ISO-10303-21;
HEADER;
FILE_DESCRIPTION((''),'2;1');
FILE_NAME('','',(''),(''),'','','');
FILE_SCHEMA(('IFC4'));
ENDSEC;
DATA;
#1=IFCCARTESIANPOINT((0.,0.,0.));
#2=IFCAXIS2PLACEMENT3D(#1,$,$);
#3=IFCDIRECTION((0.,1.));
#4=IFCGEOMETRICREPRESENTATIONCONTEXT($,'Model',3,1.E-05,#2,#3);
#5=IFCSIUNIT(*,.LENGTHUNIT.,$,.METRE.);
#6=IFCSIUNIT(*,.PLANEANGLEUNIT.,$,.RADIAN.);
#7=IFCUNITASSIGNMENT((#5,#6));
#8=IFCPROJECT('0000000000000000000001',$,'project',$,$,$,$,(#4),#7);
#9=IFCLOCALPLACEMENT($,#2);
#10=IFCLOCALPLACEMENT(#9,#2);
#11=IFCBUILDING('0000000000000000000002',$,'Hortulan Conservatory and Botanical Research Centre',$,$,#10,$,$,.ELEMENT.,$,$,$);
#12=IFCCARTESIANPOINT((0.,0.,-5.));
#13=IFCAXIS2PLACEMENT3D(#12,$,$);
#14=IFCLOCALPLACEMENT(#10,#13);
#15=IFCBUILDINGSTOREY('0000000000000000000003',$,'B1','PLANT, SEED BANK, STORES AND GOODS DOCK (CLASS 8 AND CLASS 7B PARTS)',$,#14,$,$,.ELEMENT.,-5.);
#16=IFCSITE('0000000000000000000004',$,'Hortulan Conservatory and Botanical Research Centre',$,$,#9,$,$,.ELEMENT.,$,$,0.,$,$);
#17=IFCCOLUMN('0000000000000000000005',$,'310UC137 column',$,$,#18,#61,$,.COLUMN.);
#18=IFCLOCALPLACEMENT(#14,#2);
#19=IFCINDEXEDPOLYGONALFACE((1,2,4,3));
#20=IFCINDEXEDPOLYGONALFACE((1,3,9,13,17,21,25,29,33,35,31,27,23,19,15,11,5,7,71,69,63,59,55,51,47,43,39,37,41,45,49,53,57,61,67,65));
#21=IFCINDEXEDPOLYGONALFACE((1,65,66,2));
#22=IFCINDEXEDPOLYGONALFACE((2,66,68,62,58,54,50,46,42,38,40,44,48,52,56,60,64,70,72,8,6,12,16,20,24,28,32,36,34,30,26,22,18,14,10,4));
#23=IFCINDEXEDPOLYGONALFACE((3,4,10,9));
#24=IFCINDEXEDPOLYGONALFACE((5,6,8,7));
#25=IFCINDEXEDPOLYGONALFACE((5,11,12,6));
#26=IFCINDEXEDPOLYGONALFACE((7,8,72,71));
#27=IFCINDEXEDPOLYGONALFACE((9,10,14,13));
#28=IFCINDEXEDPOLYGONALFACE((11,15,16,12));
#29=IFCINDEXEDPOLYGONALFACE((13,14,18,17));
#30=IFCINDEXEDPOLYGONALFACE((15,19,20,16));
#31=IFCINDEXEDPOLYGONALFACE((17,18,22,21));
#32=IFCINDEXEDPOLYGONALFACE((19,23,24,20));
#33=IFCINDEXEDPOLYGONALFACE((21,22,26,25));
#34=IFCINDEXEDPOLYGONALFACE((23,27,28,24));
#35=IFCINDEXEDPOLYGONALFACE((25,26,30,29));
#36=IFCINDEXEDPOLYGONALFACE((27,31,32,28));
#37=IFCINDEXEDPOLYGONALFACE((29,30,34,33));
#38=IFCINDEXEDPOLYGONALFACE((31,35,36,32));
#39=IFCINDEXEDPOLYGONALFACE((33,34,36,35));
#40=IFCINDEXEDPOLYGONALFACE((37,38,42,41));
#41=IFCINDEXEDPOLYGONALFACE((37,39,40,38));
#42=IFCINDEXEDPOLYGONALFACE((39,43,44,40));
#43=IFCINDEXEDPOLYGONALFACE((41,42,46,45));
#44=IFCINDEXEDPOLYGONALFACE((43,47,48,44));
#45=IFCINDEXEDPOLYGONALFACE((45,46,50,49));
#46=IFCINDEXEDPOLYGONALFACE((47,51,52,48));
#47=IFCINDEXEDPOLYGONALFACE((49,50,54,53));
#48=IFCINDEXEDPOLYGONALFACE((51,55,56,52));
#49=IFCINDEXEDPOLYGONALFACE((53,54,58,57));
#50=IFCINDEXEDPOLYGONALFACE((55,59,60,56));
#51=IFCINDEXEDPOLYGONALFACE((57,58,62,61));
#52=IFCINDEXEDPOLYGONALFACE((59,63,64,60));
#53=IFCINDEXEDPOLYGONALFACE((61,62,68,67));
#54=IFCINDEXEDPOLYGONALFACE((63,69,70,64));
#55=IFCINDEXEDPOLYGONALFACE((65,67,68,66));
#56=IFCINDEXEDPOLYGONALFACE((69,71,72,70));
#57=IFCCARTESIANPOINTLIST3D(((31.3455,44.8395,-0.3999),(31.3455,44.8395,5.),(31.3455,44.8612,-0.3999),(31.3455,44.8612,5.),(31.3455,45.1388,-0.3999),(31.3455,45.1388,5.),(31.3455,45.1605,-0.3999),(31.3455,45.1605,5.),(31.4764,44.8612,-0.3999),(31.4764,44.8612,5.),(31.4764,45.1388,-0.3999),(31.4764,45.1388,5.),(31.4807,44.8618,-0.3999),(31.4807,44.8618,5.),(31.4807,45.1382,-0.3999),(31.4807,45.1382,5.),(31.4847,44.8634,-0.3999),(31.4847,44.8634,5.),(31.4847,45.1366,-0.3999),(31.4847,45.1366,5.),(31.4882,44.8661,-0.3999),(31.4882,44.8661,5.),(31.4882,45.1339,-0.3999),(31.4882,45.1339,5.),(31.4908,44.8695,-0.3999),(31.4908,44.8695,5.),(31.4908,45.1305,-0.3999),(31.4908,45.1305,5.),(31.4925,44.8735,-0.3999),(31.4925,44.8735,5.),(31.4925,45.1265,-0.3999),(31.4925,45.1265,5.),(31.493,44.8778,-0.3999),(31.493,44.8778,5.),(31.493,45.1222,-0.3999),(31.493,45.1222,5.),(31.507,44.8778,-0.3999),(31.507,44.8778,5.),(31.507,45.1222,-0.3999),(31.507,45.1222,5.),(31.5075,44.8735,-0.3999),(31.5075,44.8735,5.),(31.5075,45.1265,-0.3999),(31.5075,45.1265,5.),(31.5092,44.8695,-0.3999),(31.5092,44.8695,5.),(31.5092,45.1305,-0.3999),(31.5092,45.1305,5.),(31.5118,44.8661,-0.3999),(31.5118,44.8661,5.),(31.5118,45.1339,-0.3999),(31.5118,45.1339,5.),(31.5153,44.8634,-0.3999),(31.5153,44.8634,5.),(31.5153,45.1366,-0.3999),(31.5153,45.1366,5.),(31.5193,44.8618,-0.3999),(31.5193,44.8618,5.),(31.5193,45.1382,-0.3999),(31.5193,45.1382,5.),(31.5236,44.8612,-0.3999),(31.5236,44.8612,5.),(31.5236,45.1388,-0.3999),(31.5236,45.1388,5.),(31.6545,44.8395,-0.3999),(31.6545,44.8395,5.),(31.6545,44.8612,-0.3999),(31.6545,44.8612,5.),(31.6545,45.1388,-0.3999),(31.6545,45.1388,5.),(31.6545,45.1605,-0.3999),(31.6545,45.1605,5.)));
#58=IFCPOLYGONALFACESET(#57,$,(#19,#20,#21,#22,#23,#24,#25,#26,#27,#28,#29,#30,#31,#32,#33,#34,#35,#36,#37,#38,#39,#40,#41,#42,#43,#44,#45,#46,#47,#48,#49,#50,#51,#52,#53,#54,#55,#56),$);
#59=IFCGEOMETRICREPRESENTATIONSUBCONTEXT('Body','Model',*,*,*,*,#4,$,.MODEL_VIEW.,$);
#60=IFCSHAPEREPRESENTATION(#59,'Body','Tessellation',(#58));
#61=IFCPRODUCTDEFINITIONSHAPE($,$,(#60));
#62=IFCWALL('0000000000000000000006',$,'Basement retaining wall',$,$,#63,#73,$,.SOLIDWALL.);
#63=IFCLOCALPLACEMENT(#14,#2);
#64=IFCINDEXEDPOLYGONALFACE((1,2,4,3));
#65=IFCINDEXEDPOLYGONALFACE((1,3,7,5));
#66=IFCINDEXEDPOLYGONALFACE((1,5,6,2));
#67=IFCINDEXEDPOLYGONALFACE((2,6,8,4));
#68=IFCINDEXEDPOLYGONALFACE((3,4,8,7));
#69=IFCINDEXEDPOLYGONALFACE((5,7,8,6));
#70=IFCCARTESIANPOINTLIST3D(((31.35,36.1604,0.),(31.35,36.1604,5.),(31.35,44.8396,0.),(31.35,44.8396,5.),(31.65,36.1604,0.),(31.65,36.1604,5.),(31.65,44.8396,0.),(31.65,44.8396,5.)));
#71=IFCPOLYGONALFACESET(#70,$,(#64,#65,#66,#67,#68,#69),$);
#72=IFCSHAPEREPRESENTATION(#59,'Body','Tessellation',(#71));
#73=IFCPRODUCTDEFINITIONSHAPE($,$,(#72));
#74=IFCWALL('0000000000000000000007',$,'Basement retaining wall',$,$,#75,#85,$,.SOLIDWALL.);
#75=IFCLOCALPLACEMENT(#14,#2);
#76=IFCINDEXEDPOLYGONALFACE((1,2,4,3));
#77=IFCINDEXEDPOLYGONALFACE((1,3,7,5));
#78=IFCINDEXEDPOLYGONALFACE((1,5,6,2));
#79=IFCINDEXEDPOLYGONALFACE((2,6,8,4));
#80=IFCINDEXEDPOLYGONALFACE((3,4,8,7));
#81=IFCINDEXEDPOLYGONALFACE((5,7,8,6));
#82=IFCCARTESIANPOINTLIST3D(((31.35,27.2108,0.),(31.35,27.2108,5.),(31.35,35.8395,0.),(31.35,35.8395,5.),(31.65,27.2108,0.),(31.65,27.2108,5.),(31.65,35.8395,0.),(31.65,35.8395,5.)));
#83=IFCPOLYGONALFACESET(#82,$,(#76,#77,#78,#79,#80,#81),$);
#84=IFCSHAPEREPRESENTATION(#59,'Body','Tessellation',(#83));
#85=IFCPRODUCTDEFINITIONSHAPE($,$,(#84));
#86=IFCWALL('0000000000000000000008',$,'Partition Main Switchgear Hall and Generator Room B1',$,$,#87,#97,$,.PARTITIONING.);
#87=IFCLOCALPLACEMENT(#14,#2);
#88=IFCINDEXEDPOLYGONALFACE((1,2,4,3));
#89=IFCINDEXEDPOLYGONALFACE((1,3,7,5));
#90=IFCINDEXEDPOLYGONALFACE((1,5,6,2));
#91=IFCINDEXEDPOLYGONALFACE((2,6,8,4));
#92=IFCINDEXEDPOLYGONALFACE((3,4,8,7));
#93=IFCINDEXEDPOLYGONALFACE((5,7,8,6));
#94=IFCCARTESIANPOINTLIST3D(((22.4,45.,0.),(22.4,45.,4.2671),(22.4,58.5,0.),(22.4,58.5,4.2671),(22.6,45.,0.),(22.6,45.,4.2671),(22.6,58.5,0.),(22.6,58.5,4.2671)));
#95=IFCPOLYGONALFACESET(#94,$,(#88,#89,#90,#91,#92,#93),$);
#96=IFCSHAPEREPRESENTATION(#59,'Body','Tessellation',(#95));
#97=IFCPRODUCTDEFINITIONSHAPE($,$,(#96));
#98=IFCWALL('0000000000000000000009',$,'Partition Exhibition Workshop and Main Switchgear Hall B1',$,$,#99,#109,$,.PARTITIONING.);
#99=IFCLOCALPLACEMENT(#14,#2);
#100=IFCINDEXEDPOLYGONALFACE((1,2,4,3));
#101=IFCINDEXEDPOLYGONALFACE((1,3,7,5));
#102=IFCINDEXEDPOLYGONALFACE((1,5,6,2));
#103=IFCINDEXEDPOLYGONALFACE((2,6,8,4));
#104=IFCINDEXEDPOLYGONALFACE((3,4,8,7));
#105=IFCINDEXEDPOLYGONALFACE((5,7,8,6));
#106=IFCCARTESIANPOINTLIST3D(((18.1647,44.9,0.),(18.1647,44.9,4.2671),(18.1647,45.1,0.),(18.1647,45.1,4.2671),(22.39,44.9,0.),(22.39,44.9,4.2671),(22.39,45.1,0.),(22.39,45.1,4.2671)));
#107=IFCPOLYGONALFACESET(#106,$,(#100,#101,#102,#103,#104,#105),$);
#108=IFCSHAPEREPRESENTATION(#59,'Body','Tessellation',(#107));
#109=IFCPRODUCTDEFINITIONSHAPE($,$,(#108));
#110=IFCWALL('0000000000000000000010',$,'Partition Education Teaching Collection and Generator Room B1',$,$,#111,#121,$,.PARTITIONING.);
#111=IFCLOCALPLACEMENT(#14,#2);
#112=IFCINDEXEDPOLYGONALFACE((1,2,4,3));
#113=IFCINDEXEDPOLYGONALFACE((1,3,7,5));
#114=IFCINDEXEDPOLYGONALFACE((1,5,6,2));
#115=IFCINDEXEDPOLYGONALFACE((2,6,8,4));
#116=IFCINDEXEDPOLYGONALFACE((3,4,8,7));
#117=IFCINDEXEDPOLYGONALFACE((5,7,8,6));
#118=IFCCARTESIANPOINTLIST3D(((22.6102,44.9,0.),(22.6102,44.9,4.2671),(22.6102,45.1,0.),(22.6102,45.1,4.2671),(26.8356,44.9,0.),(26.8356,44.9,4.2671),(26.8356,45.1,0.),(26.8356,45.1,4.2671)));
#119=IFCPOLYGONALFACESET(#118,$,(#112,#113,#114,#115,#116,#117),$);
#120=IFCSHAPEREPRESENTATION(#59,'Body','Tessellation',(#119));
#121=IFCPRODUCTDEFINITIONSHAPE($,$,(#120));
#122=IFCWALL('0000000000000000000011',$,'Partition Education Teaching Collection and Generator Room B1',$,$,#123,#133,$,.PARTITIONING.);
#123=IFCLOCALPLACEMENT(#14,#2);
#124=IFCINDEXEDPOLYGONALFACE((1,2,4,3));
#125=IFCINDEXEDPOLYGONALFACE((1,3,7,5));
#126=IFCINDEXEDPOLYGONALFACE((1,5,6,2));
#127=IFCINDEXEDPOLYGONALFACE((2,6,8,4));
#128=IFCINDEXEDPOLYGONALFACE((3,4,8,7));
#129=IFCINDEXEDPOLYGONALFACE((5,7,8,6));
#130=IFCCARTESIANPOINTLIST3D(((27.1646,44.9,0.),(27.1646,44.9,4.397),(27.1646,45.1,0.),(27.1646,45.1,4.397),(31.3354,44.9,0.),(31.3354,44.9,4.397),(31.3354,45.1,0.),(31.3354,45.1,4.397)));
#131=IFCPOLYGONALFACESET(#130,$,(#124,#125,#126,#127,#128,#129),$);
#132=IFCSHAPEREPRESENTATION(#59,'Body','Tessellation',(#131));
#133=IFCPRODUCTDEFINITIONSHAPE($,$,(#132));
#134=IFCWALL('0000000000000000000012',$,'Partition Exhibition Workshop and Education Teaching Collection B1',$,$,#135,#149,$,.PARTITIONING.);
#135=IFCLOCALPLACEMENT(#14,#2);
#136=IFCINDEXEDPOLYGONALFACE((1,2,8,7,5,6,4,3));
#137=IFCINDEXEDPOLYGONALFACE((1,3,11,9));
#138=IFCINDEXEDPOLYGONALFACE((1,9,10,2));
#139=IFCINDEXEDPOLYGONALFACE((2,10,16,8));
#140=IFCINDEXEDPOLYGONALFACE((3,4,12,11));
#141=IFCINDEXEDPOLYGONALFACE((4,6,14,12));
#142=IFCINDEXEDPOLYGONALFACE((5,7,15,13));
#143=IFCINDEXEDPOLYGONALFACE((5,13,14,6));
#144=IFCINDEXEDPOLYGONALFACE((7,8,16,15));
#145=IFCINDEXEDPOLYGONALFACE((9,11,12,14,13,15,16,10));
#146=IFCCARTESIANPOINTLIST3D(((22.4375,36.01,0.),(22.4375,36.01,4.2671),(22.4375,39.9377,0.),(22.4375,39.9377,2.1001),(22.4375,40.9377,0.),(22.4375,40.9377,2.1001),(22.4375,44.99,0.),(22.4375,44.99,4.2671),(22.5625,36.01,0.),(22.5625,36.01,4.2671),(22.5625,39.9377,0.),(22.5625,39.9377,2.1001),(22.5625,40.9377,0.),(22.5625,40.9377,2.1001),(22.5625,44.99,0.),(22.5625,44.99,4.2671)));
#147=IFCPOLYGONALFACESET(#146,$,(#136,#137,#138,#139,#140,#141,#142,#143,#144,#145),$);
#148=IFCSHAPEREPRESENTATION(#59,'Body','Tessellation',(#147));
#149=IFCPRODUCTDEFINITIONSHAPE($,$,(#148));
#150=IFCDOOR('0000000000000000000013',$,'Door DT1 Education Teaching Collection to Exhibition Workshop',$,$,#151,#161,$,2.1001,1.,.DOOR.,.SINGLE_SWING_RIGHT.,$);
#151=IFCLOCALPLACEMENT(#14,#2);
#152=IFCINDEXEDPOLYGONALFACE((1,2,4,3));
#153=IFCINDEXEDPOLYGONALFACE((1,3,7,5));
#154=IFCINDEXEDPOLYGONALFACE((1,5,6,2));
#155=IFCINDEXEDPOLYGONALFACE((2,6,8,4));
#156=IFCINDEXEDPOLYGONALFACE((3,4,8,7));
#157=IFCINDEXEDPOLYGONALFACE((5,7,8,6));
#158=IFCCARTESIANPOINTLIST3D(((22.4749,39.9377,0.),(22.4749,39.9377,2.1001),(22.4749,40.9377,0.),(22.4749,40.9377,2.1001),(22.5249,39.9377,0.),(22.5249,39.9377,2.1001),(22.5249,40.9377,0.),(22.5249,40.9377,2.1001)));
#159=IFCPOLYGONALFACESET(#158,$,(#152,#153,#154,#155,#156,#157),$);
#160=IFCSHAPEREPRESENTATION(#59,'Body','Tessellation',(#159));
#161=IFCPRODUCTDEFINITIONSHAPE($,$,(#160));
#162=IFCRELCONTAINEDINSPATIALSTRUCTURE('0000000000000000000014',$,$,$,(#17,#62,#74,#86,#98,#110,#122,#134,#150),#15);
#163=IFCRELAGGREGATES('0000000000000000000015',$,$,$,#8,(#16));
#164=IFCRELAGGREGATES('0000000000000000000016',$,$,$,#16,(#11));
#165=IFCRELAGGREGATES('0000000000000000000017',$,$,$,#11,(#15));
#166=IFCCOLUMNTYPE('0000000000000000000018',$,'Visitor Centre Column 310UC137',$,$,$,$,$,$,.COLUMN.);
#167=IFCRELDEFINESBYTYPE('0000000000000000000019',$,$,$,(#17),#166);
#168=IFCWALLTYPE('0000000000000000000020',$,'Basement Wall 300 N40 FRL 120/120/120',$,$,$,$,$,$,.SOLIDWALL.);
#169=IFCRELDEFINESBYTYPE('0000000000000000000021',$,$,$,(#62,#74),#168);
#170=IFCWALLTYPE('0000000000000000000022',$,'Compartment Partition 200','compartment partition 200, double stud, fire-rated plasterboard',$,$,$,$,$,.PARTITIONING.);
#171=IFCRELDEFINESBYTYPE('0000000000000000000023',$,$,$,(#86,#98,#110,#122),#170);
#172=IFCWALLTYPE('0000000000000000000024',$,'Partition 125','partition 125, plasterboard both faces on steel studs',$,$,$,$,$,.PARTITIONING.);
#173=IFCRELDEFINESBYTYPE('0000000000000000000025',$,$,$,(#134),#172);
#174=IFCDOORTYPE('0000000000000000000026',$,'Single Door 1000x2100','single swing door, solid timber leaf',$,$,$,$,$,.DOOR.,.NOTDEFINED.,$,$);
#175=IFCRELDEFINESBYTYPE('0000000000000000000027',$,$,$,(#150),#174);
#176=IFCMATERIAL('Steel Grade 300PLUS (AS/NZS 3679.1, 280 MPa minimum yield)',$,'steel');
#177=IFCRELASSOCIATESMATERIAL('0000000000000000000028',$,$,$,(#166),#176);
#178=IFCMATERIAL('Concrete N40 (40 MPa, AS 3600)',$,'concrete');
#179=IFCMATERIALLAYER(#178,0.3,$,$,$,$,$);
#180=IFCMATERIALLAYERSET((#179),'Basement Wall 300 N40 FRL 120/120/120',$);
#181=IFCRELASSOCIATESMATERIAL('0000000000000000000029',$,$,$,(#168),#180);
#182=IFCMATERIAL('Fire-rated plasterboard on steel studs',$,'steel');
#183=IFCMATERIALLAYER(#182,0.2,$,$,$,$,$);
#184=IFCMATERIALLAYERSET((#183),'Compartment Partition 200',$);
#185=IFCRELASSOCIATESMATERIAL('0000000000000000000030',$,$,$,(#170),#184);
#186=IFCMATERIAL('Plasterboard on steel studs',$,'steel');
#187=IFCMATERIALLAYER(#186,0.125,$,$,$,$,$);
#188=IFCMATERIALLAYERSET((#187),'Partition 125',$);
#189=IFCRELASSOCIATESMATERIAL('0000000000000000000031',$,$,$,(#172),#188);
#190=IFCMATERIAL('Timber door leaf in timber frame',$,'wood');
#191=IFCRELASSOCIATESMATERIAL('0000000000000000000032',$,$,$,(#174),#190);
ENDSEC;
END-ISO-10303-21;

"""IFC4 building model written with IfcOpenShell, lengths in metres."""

from ifc_helpers import new_model, si_unit, direction, frame, frame_2d, origin, origin_2d, place, context, subcontext, project, spatial, rectangle, i_section, extrude, material, layer, layer_set, material_profile, profile_set, type_object, element, fill, save


model = new_model("IFC4")

# Units and contexts
model_context = context("Model", 3, precision=1e-05, world=origin(), true_north=direction((0.0, 1.0)))
body_context = subcontext(model_context, "Body", "Model", "MODEL_VIEW")
ifc_project = project(units=[si_unit("LENGTHUNIT", "METRE"), si_unit("PLANEANGLEUNIT", "RADIAN")], contexts=[model_context])

# Site, building, storey
site_placement = place(None, origin())
site = spatial("IfcSite", under=ifc_project, at=site_placement, Name="Hortulan Conservatory and Botanical Research Centre", CompositionType="ELEMENT", RefElevation=0.0)
building_placement = place(site_placement, origin())
building = spatial("IfcBuilding", under=site, at=building_placement, Name="Hortulan Conservatory and Botanical Research Centre", CompositionType="ELEMENT")
storey_placement = place(building_placement, frame((0.0, 0.0, -5.0)))
storey = spatial("IfcBuildingStorey", under=building, at=storey_placement, Name="B1", Description="PLANT, SEED BANK, STORES AND GOODS DOCK (CLASS 8 AND CLASS 7B PARTS)", CompositionType="ELEMENT", Elevation=-5.0)

# Shared definitions
ifc_material_1 = material(Name="Concrete N40 (40 MPa, AS 3600)", Category="concrete")

# Column
ifc_material_2 = material(Name="Steel Grade 300PLUS (AS/NZS 3679.1, 280 MPa minimum yield)", Category="steel")
ifc_material_profile_1 = material_profile(ifc_material_2, i_section(OverallWidth=0.3091, OverallDepth=0.321, WebThickness=0.0139, FlangeThickness=0.0217, FilletRadius=0.0166, at=origin_2d()), Name="310UC137")
ifc_profile_set_1 = profile_set([ifc_material_profile_1], Name="Steel Grade 300PLUS (AS/NZS 3679.1, 280 MPa minimum yield)")
column_type_1 = type_object("IfcColumnType", Name="Visitor Centre Column 310UC137", PredefinedType="COLUMN", material=ifc_profile_set_1)
for number, where, z_axis, x_axis, name in (
    (1, (31.5, 45.0, -0.3999), (0.0, 0.0, 1.0), (1.0, 0.0, 0.0), "310UC137 column"),
):
    element("IfcColumn", number, at=place(storey_placement, frame(where, z_axis=z_axis, x_axis=x_axis)), inside=storey, type_object=column_type_1, Name=name, PredefinedType="COLUMN", context=body_context, shape_type="SweptSolid", body=[
        extrude(i_section(OverallWidth=0.3091, OverallDepth=0.321, WebThickness=0.0139, FlangeThickness=0.0217, FilletRadius=0.0166, at=origin_2d()), origin(), (0.0, 0.0, 1.0), 5.3999),
    ])

# Walls
ifc_layer_1 = layer(ifc_material_1, 0.3)
ifc_layer_set_1 = layer_set([ifc_layer_1], Name="Basement Wall 300 N40 FRL 120/120/120")
wall_type_1 = type_object("IfcWallType", Name="Basement Wall 300 N40 FRL 120/120/120", PredefinedType="SOLIDWALL", material=ifc_layer_set_1)
wall_1_placement = place(storey_placement, frame((31.5, 44.8396, 0.0), z_axis=(0.0, 0.0, 1.0), x_axis=(0.0, -1.0, 0.0)))
element("IfcWall", 2, at=wall_1_placement, inside=storey, type_object=wall_type_1, Name="Basement retaining wall", PredefinedType="SOLIDWALL", context=body_context, shape_type="SweptSolid", body=[
    extrude(rectangle(XDim=8.6792, YDim=0.3, at=frame_2d((4.3396, 0.0))), origin(), (0.0, 0.0, 1.0), 5.0),
])
wall_2_placement = place(storey_placement, frame((31.5, 35.8396, 0.0), z_axis=(0.0, 0.0, 1.0), x_axis=(0.0, -1.0, 0.0)))
element("IfcWall", 3, at=wall_2_placement, inside=storey, type_object=wall_type_1, Name="Basement retaining wall", PredefinedType="SOLIDWALL", context=body_context, shape_type="SweptSolid", body=[
    extrude(rectangle(XDim=8.6287, YDim=0.3, at=frame_2d((4.3145, 0.0))), origin(), (0.0, 0.0, 1.0), 5.0),
])
ifc_material_3 = material(Name="Fire-rated plasterboard on steel studs", Category="steel")
ifc_layer_2 = layer(ifc_material_3, 0.2)
ifc_layer_set_2 = layer_set([ifc_layer_2], Name="Compartment Partition 200")
wall_type_2 = type_object("IfcWallType", Name="Compartment Partition 200", Description="compartment partition 200, double stud, fire-rated plasterboard", PredefinedType="PARTITIONING", material=ifc_layer_set_2)
wall_3_placement = place(storey_placement, frame((22.5, 45.0, 0.0), z_axis=(0.0, 0.0, 1.0), x_axis=(0.0, 1.0, 0.0)))
element("IfcWall", 4, at=wall_3_placement, inside=storey, type_object=wall_type_2, Name="Partition Main Switchgear Hall and Generator Room B1", PredefinedType="PARTITIONING", context=body_context, shape_type="SweptSolid", body=[
    extrude(rectangle(XDim=13.5, YDim=0.2, at=frame_2d((6.75, 0.0))), origin(), (0.0, 0.0, 1.0), 4.2671),
])
for number, where, z_axis, x_axis, name in (
    (5, (18.1646, 45.0, 0.0), (0.0, 0.0, 1.0), (1.0, 0.0, 0.0), "Partition Exhibition Workshop and Main Switchgear Hall B1"),
    (6, (22.6101, 45.0, 0.0), (0.0, 0.0, 1.0), (1.0, 0.0, 0.0), "Partition Education Teaching Collection and Generator Room B1"),
):
    element("IfcWall", number, at=place(storey_placement, frame(where, z_axis=z_axis, x_axis=x_axis)), inside=storey, type_object=wall_type_2, Name=name, PredefinedType="PARTITIONING", context=body_context, shape_type="SweptSolid", body=[
        extrude(rectangle(XDim=4.2253, YDim=0.2, at=frame_2d((2.1128, 0.0))), origin(), (0.0, 0.0, 1.0), 4.2671),
    ])
wall_4_placement = place(storey_placement, frame((27.1646, 45.0, 0.0), z_axis=(0.0, 0.0, 1.0), x_axis=(1.0, 0.0, 0.0)))
element("IfcWall", 7, at=wall_4_placement, inside=storey, type_object=wall_type_2, Name="Partition Education Teaching Collection and Generator Room B1", PredefinedType="PARTITIONING", context=body_context, shape_type="SweptSolid", body=[
    extrude(rectangle(XDim=4.1709, YDim=0.2, at=frame_2d((2.0854, 0.0))), origin(), (0.0, 0.0, 1.0), 4.397),
])

# Wall, opening, door
ifc_material_4 = material(Name="Plasterboard on steel studs", Category="steel")
ifc_layer_3 = layer(ifc_material_4, 0.125)
ifc_layer_set_3 = layer_set([ifc_layer_3], Name="Partition 125")
wall_type_3 = type_object("IfcWallType", Name="Partition 125", Description="partition 125, plasterboard both faces on steel studs", PredefinedType="PARTITIONING", material=ifc_layer_set_3)
wall_5_placement = place(storey_placement, frame((22.5, 36.01, 0.0), z_axis=(0.0, 0.0, 1.0), x_axis=(0.0, 1.0, 0.0)))
wall_5 = element("IfcWall", 8, at=wall_5_placement, inside=storey, type_object=wall_type_3, Name="Partition Exhibition Workshop and Education Teaching Collection B1", PredefinedType="PARTITIONING", context=body_context, shape_type="SweptSolid", body=[
    extrude(rectangle(XDim=8.98, YDim=0.125, at=frame_2d((4.49, 0.0))), origin(), (0.0, 0.0, 1.0), 4.2671),
])
opening_placement = place(wall_5_placement, frame((3.9277, 0.0, 0.0)))
opening = element("IfcOpeningElement", 9, at=opening_placement, cuts=wall_5, PredefinedType="OPENING", context=body_context, shape_type="SweptSolid", body=[
    extrude(rectangle(XDim=1.0, YDim=2.1001, at=frame_2d((0.5, 1.05))), frame((0.0, 0.0725, 0.0), z_axis=(0.0, -1.0, 0.0), x_axis=(1.0, 0.0, 0.0)), (0.0, 0.0, 1.0), 0.145),
])
ifc_material_5 = material(Name="Timber door leaf in timber frame", Category="wood")
door_type = type_object("IfcDoorType", Name="Single Door 1000x2100", Description="single swing door, solid timber leaf", OperationType="NOTDEFINED", PredefinedType="DOOR", material=ifc_material_5)
door_placement = place(opening_placement, frame((1.0, 0.0, 0.0), z_axis=(0.0, 0.0, 1.0), x_axis=(-1.0, 0.0, 0.0)))
door = element("IfcDoor", 10, at=door_placement, inside=storey, type_object=door_type, Name="Door DT1 Education Teaching Collection to Exhibition Workshop", OperationType="SINGLE_SWING_RIGHT", OverallHeight=2.1001, OverallWidth=1.0, PredefinedType="DOOR", context=body_context, shape_type="SweptSolid", body=[
    extrude(rectangle(XDim=1.0, YDim=2.1001, at=frame_2d((0.5, 1.05))), frame((0.0, 0.0249, 0.0), z_axis=(0.0, -1.0, 0.0), x_axis=(1.0, 0.0, 0.0)), (0.0, 0.0, 1.0), 0.05),
])
fill(opening, door)

save(model, "model.ifc")
